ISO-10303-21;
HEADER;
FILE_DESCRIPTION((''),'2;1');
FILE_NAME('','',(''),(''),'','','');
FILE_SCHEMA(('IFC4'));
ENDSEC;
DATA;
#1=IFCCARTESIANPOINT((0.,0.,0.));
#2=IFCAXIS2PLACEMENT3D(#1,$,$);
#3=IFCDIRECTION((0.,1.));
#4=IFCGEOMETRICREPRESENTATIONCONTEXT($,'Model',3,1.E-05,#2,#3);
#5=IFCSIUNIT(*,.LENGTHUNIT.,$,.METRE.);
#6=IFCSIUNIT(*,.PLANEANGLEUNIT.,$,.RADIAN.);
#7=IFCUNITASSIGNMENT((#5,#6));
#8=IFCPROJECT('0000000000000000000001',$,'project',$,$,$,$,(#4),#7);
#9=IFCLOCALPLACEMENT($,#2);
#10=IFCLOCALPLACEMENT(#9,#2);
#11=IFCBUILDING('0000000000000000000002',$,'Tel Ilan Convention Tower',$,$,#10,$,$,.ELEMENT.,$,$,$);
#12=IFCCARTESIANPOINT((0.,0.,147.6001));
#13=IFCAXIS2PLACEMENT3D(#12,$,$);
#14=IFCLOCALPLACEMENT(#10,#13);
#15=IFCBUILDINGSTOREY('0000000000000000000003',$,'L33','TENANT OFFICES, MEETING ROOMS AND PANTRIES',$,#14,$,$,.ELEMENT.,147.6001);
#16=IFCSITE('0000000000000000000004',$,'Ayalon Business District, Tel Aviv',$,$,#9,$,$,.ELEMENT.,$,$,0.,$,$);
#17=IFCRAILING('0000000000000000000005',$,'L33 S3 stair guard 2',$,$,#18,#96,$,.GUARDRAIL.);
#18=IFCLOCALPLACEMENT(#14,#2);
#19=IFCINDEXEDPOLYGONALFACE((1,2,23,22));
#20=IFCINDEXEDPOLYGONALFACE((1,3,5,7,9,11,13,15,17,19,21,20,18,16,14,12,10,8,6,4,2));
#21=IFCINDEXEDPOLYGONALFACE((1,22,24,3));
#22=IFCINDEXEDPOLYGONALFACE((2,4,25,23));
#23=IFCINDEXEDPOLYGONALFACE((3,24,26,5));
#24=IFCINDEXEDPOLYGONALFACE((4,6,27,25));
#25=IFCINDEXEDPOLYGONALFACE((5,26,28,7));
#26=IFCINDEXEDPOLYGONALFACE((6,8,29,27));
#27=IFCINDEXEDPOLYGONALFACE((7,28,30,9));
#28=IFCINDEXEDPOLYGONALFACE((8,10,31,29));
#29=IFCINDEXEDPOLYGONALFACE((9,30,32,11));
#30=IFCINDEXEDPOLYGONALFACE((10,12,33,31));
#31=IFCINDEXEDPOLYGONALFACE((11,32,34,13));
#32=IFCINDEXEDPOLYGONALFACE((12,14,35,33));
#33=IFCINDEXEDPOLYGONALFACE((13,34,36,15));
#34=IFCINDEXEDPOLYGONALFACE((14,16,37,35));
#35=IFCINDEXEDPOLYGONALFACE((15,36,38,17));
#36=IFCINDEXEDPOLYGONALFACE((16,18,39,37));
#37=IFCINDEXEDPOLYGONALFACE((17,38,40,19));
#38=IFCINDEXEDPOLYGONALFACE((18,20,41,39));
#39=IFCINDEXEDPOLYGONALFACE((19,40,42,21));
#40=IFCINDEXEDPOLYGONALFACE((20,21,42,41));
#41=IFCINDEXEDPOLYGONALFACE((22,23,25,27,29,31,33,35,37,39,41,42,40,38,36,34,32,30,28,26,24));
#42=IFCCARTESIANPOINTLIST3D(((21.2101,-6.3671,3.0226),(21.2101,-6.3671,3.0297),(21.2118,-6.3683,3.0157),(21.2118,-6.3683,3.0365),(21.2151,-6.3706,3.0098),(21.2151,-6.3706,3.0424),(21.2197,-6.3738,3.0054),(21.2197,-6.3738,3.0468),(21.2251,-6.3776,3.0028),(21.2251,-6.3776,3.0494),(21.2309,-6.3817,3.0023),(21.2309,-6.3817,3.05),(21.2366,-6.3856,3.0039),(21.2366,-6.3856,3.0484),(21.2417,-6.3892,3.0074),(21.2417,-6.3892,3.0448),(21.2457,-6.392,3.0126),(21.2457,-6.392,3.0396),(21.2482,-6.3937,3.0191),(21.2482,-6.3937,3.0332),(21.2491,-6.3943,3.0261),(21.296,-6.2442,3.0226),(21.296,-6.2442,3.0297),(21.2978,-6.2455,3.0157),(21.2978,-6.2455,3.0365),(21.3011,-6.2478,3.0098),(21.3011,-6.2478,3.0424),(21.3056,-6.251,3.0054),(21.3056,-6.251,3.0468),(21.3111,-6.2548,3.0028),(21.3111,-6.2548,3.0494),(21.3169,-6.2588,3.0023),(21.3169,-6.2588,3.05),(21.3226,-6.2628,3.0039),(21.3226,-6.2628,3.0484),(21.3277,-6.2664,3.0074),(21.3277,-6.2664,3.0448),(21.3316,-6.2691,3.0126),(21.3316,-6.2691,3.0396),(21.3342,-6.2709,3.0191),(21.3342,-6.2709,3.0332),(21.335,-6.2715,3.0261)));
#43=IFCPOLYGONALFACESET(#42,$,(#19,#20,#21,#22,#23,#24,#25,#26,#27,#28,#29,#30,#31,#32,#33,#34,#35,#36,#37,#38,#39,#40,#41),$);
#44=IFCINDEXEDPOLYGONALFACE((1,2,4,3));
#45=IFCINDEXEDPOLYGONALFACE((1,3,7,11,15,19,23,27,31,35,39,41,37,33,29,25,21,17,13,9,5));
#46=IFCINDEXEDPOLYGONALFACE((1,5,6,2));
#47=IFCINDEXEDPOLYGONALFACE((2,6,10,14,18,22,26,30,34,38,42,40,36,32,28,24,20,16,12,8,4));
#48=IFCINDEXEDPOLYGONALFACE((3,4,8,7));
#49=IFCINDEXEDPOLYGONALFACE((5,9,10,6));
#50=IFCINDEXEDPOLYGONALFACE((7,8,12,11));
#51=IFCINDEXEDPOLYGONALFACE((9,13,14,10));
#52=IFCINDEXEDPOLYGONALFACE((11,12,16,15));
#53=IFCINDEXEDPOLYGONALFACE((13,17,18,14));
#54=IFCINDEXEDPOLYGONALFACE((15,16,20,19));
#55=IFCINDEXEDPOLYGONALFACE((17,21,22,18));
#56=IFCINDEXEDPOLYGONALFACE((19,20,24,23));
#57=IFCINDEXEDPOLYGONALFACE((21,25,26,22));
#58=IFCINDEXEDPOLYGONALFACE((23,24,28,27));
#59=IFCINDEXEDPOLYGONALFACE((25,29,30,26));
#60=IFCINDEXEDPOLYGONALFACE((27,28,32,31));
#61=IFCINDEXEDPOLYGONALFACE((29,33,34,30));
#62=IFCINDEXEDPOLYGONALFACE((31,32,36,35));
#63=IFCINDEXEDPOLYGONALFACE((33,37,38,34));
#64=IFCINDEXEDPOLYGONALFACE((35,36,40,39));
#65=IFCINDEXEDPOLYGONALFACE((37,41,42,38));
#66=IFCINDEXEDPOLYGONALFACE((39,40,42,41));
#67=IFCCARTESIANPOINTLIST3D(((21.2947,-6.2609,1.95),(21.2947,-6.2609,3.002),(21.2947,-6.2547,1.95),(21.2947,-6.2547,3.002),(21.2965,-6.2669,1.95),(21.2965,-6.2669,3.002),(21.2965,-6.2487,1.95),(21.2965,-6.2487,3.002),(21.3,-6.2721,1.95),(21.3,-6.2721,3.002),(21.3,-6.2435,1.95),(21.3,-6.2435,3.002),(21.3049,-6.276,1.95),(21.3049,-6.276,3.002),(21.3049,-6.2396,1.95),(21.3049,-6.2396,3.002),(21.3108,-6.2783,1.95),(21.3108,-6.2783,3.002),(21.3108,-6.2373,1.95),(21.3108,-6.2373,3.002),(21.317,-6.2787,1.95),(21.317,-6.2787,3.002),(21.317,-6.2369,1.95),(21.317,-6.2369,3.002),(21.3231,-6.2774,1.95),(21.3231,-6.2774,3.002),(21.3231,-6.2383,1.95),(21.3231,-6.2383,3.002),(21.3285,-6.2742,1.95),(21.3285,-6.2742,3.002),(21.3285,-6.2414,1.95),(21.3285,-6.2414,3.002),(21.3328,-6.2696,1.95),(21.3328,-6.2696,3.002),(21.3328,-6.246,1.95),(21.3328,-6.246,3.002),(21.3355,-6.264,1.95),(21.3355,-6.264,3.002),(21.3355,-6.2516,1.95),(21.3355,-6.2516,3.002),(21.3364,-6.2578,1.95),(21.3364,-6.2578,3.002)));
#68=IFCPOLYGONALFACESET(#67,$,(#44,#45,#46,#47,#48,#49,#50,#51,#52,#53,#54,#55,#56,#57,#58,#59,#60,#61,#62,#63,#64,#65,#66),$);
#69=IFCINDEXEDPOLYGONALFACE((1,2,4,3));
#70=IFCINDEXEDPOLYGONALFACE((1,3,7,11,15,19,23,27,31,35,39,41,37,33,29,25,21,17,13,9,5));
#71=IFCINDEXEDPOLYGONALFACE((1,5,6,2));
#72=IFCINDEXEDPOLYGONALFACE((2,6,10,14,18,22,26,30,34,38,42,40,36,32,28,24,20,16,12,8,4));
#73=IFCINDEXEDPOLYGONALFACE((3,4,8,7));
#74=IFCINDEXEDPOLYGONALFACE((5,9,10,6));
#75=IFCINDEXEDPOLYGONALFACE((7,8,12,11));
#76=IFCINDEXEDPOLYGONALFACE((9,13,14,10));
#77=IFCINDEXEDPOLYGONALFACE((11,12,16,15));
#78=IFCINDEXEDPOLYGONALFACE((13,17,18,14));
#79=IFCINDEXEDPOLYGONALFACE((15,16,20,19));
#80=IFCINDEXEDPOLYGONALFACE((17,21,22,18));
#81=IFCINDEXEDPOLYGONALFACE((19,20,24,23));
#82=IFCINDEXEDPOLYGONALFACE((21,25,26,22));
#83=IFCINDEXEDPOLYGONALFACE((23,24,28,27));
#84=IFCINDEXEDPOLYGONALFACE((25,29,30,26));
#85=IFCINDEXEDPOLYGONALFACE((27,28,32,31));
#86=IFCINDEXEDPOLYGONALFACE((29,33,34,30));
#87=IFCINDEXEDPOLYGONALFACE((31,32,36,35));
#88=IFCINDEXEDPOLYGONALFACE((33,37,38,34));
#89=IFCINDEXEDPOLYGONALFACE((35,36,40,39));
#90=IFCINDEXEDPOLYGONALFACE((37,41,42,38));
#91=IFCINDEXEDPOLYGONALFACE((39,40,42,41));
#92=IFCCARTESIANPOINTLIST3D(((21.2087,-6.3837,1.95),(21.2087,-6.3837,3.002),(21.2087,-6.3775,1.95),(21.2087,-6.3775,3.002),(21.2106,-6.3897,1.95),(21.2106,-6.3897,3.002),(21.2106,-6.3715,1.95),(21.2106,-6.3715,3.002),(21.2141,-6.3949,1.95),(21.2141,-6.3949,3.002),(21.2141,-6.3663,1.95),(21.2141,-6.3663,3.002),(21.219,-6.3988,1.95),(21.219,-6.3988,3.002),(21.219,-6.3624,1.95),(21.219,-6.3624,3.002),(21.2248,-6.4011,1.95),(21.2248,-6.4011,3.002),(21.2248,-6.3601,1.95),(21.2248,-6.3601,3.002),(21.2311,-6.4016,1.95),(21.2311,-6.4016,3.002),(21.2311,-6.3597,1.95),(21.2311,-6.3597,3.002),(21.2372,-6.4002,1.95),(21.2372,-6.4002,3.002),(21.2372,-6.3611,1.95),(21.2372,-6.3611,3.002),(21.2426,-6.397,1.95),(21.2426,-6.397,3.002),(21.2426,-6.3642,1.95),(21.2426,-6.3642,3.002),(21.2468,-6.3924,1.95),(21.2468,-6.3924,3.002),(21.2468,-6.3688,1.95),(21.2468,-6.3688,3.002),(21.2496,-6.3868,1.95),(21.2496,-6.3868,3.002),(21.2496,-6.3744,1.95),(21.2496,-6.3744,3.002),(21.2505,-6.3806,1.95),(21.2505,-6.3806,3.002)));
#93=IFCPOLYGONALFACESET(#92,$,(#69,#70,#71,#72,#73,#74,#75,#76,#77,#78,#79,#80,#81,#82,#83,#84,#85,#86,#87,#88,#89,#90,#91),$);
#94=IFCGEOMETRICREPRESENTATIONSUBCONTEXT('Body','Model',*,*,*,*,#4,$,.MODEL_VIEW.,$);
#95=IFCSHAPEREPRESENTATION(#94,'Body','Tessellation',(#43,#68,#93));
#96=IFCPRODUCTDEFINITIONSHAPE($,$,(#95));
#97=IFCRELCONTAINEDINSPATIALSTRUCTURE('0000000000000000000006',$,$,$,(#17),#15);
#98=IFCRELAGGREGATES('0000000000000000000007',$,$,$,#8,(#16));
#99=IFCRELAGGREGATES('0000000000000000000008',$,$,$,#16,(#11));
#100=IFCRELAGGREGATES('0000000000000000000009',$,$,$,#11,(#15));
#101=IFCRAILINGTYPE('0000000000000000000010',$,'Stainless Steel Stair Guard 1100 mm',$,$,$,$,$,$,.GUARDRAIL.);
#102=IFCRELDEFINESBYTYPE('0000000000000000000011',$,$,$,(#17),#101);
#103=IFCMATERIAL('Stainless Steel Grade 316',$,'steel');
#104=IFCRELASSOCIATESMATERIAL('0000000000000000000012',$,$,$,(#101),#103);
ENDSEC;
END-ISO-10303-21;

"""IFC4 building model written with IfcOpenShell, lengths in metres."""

from ifc_helpers import new_model, si_unit, direction, frame, origin, origin_2d, place, context, subcontext, project, spatial, circle, extrude, material, type_object, element, save


model = new_model("IFC4")

# Units and contexts
model_context = context("Model", 3, precision=1e-05, world=origin(), true_north=direction((0.0, 1.0)))
body_context = subcontext(model_context, "Body", "Model", "MODEL_VIEW")
ifc_project = project(units=[si_unit("LENGTHUNIT", "METRE"), si_unit("PLANEANGLEUNIT", "RADIAN")], contexts=[model_context])

# Site, building, storey
site_placement = place(None, origin())
site = spatial("IfcSite", under=ifc_project, at=site_placement, Name="Ayalon Business District, Tel Aviv", CompositionType="ELEMENT", RefElevation=0.0)
building_placement = place(site_placement, origin())
building = spatial("IfcBuilding", under=site, at=building_placement, Name="Tel Ilan Convention Tower", CompositionType="ELEMENT")
storey_placement = place(building_placement, frame((0.0, 0.0, 147.6001)))
storey = spatial("IfcBuildingStorey", under=building, at=storey_placement, Name="L33", Description="TENANT OFFICES, MEETING ROOMS AND PANTRIES", CompositionType="ELEMENT", Elevation=147.6001)

# Railing
ifc_material_1 = material(Name="Stainless Steel Grade 316", Category="steel")
railing_type_1 = type_object("IfcRailingType", Name="Stainless Steel Stair Guard 1100 mm", PredefinedType="GUARDRAIL", material=ifc_material_1)
railing_1_placement = place(storey_placement, frame((21.3154, -6.2578, 1.95)))
element("IfcRailing", 1, at=railing_1_placement, inside=storey, type_object=railing_type_1, Name="L33 S3 stair guard 2", PredefinedType="GUARDRAIL", context=body_context, shape_type="SweptSolid", body=[
    extrude(circle(Radius=0.0239, at=origin_2d()), frame((0.0, 0.0, 1.0762), z_axis=(-0.573353, -0.819308, 0.0), x_axis=(0.819308, -0.573353, 0.0)), (0.0, 0.0, 1.0), 0.1499),
    extrude(circle(Radius=0.021, at=origin_2d()), origin(), (0.0, 0.0, 1.0), 1.052),
    extrude(circle(Radius=0.021, at=origin_2d()), frame((-0.0859, -0.1228, 0.0)), (0.0, 0.0, 1.0), 1.052),
])

save(model, "model.ifc")
